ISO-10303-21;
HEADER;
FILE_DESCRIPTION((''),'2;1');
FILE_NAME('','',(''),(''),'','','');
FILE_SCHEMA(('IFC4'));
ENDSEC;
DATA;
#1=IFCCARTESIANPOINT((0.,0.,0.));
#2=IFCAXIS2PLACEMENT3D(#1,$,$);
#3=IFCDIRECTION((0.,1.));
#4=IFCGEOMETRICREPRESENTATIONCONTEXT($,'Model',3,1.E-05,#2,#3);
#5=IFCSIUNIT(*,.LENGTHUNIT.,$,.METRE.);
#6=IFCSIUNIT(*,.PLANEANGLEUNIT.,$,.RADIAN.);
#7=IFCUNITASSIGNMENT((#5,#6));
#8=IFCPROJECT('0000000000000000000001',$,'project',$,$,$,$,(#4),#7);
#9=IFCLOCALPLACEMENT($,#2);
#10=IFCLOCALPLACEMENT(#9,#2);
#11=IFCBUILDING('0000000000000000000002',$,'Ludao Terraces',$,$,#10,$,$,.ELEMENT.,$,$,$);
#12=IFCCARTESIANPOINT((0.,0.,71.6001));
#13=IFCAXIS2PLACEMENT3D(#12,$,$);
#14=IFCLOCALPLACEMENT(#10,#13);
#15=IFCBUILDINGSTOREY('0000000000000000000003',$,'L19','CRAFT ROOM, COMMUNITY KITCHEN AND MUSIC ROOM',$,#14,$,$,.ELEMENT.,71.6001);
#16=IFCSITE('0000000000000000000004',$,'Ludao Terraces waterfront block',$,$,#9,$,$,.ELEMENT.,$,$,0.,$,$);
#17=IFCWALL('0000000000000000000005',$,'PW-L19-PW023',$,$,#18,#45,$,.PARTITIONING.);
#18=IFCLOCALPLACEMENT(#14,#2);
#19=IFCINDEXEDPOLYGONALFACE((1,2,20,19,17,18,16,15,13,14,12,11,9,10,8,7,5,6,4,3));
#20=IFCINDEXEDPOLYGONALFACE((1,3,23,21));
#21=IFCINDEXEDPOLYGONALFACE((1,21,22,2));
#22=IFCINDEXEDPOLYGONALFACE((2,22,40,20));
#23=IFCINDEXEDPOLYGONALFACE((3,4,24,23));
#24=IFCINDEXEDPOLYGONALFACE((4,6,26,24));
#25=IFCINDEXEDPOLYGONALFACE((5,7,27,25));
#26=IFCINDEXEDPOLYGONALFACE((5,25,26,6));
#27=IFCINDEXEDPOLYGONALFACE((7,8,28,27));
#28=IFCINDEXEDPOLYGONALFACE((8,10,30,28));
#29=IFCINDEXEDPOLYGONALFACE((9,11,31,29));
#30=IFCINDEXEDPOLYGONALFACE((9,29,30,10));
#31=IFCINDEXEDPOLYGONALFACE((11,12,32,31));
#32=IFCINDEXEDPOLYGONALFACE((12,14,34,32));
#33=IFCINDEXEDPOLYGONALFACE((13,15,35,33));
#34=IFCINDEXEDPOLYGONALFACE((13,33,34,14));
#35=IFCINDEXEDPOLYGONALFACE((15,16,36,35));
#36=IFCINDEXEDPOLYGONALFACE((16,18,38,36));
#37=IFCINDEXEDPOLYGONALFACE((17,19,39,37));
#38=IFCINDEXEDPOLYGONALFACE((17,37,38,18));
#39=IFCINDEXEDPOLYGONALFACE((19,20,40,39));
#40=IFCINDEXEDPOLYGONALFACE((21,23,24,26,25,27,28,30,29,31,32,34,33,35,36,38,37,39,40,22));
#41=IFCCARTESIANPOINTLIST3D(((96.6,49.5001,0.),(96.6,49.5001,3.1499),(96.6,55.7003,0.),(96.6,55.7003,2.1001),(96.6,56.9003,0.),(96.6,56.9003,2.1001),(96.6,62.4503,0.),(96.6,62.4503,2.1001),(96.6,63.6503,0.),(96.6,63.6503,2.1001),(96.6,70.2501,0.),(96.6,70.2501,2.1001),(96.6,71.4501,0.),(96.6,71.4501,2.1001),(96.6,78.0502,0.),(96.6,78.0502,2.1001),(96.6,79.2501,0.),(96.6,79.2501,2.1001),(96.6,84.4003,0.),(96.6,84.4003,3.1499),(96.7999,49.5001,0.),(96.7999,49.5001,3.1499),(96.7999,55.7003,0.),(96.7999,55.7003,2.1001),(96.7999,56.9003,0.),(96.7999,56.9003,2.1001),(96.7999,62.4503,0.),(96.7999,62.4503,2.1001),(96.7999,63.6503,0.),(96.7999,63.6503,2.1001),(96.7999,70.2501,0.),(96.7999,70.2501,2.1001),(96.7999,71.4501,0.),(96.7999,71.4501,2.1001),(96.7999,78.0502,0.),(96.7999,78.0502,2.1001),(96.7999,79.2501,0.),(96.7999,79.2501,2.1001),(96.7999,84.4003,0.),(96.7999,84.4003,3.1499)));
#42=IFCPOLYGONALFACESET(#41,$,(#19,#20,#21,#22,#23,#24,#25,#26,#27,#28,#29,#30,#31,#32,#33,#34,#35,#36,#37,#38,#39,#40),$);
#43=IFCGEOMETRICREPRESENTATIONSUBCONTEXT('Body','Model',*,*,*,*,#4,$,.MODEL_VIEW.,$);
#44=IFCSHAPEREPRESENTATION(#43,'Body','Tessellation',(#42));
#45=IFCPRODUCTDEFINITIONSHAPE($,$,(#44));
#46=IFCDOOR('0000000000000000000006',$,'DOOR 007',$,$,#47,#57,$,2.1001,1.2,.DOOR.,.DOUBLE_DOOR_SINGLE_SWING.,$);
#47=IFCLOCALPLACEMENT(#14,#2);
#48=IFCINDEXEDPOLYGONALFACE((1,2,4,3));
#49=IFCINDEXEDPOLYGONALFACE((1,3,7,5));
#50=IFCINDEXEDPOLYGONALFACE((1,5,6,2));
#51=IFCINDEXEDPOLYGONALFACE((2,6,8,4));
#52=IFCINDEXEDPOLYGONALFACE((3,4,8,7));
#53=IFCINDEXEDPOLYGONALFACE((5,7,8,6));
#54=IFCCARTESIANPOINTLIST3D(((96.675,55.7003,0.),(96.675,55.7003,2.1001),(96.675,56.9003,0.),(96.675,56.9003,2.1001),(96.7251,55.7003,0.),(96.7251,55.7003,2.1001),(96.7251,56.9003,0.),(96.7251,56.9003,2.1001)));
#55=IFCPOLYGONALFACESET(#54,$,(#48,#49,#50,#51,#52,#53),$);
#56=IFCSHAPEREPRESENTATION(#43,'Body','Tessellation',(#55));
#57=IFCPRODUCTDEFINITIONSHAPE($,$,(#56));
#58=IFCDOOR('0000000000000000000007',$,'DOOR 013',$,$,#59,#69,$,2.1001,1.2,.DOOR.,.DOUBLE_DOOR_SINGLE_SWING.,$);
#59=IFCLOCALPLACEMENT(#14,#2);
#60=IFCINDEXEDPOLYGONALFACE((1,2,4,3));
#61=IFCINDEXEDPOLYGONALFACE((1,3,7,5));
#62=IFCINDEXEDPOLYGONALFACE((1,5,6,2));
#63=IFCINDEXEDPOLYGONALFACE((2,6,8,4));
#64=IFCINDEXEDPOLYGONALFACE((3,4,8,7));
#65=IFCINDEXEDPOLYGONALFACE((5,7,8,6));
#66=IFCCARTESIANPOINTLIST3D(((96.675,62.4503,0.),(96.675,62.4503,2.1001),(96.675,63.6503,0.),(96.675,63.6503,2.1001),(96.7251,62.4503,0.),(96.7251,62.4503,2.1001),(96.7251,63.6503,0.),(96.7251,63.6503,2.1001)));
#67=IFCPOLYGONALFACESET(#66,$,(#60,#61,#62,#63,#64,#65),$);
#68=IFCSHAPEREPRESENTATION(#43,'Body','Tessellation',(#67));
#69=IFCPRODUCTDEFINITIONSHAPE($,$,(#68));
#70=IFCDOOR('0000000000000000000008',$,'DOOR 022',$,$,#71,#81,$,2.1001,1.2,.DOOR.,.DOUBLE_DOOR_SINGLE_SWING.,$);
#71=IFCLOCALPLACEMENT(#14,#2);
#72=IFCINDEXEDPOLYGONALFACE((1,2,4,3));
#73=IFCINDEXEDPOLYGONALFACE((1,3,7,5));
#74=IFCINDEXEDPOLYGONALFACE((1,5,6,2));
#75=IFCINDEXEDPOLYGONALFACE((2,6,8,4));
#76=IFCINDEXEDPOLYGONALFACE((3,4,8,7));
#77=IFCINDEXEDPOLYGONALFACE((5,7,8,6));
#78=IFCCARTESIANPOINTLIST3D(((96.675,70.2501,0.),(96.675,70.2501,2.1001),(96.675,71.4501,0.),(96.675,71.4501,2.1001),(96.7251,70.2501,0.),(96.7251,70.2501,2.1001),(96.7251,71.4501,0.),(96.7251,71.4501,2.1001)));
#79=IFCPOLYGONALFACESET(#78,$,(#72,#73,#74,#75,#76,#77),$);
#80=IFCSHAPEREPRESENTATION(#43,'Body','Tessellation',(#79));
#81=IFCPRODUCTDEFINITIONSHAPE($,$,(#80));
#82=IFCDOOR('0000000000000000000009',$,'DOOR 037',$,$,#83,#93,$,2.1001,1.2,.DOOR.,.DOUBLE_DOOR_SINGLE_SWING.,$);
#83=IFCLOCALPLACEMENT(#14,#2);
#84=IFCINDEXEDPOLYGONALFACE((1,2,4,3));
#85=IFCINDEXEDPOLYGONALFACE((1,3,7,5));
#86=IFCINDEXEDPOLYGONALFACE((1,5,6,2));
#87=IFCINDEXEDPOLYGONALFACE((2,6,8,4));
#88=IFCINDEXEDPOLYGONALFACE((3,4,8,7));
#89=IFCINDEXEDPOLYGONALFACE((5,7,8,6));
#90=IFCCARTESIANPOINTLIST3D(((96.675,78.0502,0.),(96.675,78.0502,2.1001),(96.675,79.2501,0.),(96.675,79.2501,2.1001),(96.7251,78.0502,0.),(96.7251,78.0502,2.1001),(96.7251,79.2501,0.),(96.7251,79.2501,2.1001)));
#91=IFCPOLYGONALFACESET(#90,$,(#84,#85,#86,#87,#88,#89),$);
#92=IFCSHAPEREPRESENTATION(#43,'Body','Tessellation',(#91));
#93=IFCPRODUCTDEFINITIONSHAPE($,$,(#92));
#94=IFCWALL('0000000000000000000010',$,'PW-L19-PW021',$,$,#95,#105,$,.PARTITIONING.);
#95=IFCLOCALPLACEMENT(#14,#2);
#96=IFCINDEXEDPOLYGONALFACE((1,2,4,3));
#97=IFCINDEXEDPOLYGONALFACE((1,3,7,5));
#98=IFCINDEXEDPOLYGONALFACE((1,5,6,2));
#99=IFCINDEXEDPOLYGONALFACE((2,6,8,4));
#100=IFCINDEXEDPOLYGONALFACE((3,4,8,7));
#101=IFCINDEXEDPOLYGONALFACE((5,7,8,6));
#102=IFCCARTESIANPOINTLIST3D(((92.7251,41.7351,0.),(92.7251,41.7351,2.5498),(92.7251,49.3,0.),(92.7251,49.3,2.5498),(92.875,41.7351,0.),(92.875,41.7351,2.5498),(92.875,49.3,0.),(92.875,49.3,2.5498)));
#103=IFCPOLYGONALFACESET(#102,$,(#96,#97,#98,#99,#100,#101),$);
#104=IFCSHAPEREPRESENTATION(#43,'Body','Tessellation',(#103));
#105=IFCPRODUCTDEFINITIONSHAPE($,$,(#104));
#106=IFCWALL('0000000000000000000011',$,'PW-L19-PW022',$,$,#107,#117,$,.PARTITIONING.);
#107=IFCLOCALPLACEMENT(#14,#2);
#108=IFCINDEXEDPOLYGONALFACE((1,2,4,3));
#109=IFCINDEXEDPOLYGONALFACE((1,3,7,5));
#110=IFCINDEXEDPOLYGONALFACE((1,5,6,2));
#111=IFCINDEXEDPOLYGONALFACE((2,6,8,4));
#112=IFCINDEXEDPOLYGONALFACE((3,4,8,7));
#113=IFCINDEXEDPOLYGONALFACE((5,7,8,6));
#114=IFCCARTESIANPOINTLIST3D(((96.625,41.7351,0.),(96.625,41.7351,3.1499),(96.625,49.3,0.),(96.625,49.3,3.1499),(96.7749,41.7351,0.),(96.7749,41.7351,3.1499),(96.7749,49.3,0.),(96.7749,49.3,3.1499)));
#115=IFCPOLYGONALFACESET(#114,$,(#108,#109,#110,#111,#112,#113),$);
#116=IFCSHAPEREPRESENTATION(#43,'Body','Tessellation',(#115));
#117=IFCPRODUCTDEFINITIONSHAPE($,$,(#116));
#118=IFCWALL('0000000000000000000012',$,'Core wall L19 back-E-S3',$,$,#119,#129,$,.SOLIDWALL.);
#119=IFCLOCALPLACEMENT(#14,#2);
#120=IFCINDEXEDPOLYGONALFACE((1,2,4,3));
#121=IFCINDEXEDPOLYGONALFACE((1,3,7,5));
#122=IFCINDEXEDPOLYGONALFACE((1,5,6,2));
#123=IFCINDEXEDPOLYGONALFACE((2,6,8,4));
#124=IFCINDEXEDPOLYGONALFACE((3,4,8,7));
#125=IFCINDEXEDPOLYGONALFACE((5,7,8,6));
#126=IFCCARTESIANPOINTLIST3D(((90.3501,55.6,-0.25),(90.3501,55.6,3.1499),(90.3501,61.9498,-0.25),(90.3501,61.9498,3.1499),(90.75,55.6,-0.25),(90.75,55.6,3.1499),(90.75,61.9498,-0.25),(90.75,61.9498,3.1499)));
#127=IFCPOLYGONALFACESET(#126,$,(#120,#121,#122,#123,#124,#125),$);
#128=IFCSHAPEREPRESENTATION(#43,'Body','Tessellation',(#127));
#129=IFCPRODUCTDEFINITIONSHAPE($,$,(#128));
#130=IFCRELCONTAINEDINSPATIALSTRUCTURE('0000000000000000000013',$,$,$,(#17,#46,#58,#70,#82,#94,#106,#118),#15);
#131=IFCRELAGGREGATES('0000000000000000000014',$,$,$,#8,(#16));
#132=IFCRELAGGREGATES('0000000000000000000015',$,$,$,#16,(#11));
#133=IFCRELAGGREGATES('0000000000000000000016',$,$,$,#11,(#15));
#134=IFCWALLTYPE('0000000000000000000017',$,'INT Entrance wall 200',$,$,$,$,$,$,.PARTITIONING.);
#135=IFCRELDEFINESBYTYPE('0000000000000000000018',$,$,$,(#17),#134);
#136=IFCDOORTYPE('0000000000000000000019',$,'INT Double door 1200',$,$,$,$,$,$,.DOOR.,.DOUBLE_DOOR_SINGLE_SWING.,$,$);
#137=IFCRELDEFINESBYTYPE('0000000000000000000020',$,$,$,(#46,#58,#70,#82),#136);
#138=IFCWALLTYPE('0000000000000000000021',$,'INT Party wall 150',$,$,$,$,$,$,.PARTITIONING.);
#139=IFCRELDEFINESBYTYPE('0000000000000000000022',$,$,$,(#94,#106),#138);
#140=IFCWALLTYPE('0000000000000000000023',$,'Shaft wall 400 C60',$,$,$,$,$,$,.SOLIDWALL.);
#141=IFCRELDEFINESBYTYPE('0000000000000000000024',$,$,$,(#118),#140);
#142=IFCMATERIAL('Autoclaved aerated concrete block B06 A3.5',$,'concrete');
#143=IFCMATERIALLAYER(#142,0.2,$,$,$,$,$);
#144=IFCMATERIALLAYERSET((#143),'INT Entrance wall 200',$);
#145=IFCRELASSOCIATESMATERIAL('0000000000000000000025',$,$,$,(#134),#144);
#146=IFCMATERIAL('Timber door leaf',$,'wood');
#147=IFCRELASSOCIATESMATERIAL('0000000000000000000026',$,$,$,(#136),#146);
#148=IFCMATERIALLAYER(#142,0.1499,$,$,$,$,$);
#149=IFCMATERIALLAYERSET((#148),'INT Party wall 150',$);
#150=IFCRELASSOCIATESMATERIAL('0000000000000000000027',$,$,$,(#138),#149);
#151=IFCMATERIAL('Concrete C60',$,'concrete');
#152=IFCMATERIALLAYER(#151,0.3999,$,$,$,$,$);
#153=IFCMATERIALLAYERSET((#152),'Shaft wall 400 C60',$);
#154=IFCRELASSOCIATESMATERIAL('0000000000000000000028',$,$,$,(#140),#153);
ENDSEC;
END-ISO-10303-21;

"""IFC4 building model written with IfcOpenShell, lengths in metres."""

from ifc_helpers import new_model, si_unit, direction, frame, frame_2d, origin, place, context, subcontext, project, spatial, rectangle, extrude, material, layer, layer_set, type_object, element, fill, save


model = new_model("IFC4")

# Units and contexts
model_context = context("Model", 3, precision=1e-05, world=origin(), true_north=direction((0.0, 1.0)))
body_context = subcontext(model_context, "Body", "Model", "MODEL_VIEW")
ifc_project = project(units=[si_unit("LENGTHUNIT", "METRE"), si_unit("PLANEANGLEUNIT", "RADIAN")], contexts=[model_context])

# Site, building, storey
site_placement = place(None, origin())
site = spatial("IfcSite", under=ifc_project, at=site_placement, Name="Ludao Terraces waterfront block", CompositionType="ELEMENT", RefElevation=0.0)
building_placement = place(site_placement, origin())
building = spatial("IfcBuilding", under=site, at=building_placement, Name="Ludao Terraces", CompositionType="ELEMENT")
storey_placement = place(building_placement, frame((0.0, 0.0, 71.6001)))
storey = spatial("IfcBuildingStorey", under=building, at=storey_placement, Name="L19", Description="CRAFT ROOM, COMMUNITY KITCHEN AND MUSIC ROOM", CompositionType="ELEMENT", Elevation=71.6001)

# Shared definitions
ifc_material_1 = material(Name="Timber door leaf", Category="wood")

# Wall, openings, doors
ifc_material_2 = material(Name="Autoclaved aerated concrete block B06 A3.5", Category="concrete")
ifc_layer_1 = layer(ifc_material_2, 0.2)
ifc_layer_set_1 = layer_set([ifc_layer_1], Name="INT Entrance wall 200")
wall_type_1 = type_object("IfcWallType", Name="INT Entrance wall 200", PredefinedType="PARTITIONING", material=ifc_layer_set_1)
wall_1_placement = place(storey_placement, frame((96.7, 49.5, 0.0), z_axis=(0.0, 0.0, 1.0), x_axis=(0.0, 1.0, 0.0)))
wall_1 = element("IfcWall", 1, at=wall_1_placement, inside=storey, type_object=wall_type_1, Name="PW-L19-PW023", PredefinedType="PARTITIONING", context=body_context, shape_type="SweptSolid", body=[
    extrude(rectangle(XDim=34.9001, YDim=0.2, at=frame_2d((17.4502, 0.0))), origin(), (0.0, 0.0, 1.0), 3.1499),
])
opening_1_placement = place(wall_1_placement, frame((6.2002, 0.0, 0.0)))
opening_1 = element("IfcOpeningElement", 2, at=opening_1_placement, cuts=wall_1, PredefinedType="OPENING", context=body_context, shape_type="SweptSolid", body=[
    extrude(rectangle(XDim=1.2, YDim=2.1001, at=frame_2d((0.6001, 1.05))), frame((0.0, 0.1099, 0.0), z_axis=(0.0, -1.0, 0.0), x_axis=(1.0, 0.0, 0.0)), (0.0, 0.0, 1.0), 0.22),
])
opening_2_placement = place(wall_1_placement, frame((12.9502, 0.0, 0.0)))
opening_2 = element("IfcOpeningElement", 3, at=opening_2_placement, cuts=wall_1, PredefinedType="OPENING", context=body_context, shape_type="SweptSolid", body=[
    extrude(rectangle(XDim=1.2, YDim=2.1001, at=frame_2d((0.6001, 1.05))), frame((0.0, 0.1099, 0.0), z_axis=(0.0, -1.0, 0.0), x_axis=(1.0, 0.0, 0.0)), (0.0, 0.0, 1.0), 0.22),
])
opening_3_placement = place(wall_1_placement, frame((20.75, 0.0, 0.0)))
opening_3 = element("IfcOpeningElement", 4, at=opening_3_placement, cuts=wall_1, PredefinedType="OPENING", context=body_context, shape_type="SweptSolid", body=[
    extrude(rectangle(XDim=1.2, YDim=2.1001, at=frame_2d((0.6001, 1.05))), frame((0.0, 0.1099, 0.0), z_axis=(0.0, -1.0, 0.0), x_axis=(1.0, 0.0, 0.0)), (0.0, 0.0, 1.0), 0.22),
])
opening_4_placement = place(wall_1_placement, frame((28.55, 0.0, 0.0)))
opening_4 = element("IfcOpeningElement", 5, at=opening_4_placement, cuts=wall_1, PredefinedType="OPENING", context=body_context, shape_type="SweptSolid", body=[
    extrude(rectangle(XDim=1.2, YDim=2.1001, at=frame_2d((0.6001, 1.05))), frame((0.0, 0.1099, 0.0), z_axis=(0.0, -1.0, 0.0), x_axis=(1.0, 0.0, 0.0)), (0.0, 0.0, 1.0), 0.22),
])
door_type_1 = type_object("IfcDoorType", Name="INT Double door 1200", OperationType="DOUBLE_DOOR_SINGLE_SWING", PredefinedType="DOOR", material=ifc_material_1)
door_1_placement = place(opening_1_placement, origin())
door_1 = element("IfcDoor", 6, at=door_1_placement, inside=storey, type_object=door_type_1, Name="DOOR 007", OperationType="DOUBLE_DOOR_SINGLE_SWING", OverallHeight=2.1001, OverallWidth=1.2, PredefinedType="DOOR", context=body_context, shape_type="SweptSolid", body=[
    extrude(rectangle(XDim=1.2, YDim=2.1001, at=frame_2d((0.6001, 1.05))), frame((0.0, 0.0249, 0.0), z_axis=(0.0, -1.0, 0.0), x_axis=(1.0, 0.0, 0.0)), (0.0, 0.0, 1.0), 0.05),
])
fill(opening_1, door_1)
door_2_placement = place(opening_2_placement, origin())
door_2 = element("IfcDoor", 7, at=door_2_placement, inside=storey, type_object=door_type_1, Name="DOOR 013", OperationType="DOUBLE_DOOR_SINGLE_SWING", OverallHeight=2.1001, OverallWidth=1.2, PredefinedType="DOOR", context=body_context, shape_type="SweptSolid", body=[
    extrude(rectangle(XDim=1.2, YDim=2.1001, at=frame_2d((0.6001, 1.05))), frame((0.0, 0.0249, 0.0), z_axis=(0.0, -1.0, 0.0), x_axis=(1.0, 0.0, 0.0)), (0.0, 0.0, 1.0), 0.05),
])
fill(opening_2, door_2)
door_3_placement = place(opening_3_placement, origin())
door_3 = element("IfcDoor", 8, at=door_3_placement, inside=storey, type_object=door_type_1, Name="DOOR 022", OperationType="DOUBLE_DOOR_SINGLE_SWING", OverallHeight=2.1001, OverallWidth=1.2, PredefinedType="DOOR", context=body_context, shape_type="SweptSolid", body=[
    extrude(rectangle(XDim=1.2, YDim=2.1001, at=frame_2d((0.6001, 1.05))), frame((0.0, 0.0249, 0.0), z_axis=(0.0, -1.0, 0.0), x_axis=(1.0, 0.0, 0.0)), (0.0, 0.0, 1.0), 0.05),
])
fill(opening_3, door_3)
door_4_placement = place(opening_4_placement, origin())
door_4 = element("IfcDoor", 9, at=door_4_placement, inside=storey, type_object=door_type_1, Name="DOOR 037", OperationType="DOUBLE_DOOR_SINGLE_SWING", OverallHeight=2.1001, OverallWidth=1.2, PredefinedType="DOOR", context=body_context, shape_type="SweptSolid", body=[
    extrude(rectangle(XDim=1.2, YDim=2.1001, at=frame_2d((0.6001, 1.05))), frame((0.0, 0.0249, 0.0), z_axis=(0.0, -1.0, 0.0), x_axis=(1.0, 0.0, 0.0)), (0.0, 0.0, 1.0), 0.05),
])
fill(opening_4, door_4)

# Walls
ifc_layer_2 = layer(ifc_material_2, 0.1499)
ifc_layer_set_2 = layer_set([ifc_layer_2], Name="INT Party wall 150")
wall_type_2 = type_object("IfcWallType", Name="INT Party wall 150", PredefinedType="PARTITIONING", material=ifc_layer_set_2)
wall_2_placement = place(storey_placement, frame((92.8, 41.7351, 0.0), z_axis=(0.0, 0.0, 1.0), x_axis=(0.0, 1.0, 0.0)))
element("IfcWall", 10, at=wall_2_placement, inside=storey, type_object=wall_type_2, Name="PW-L19-PW021", PredefinedType="PARTITIONING", context=body_context, shape_type="SweptSolid", body=[
    extrude(rectangle(XDim=7.5649, YDim=0.1499, at=frame_2d((3.7825, 0.0))), origin(), (0.0, 0.0, 1.0), 2.5498),
])
wall_3_placement = place(storey_placement, frame((96.7, 41.7351, 0.0), z_axis=(0.0, 0.0, 1.0), x_axis=(0.0, 1.0, 0.0)))
element("IfcWall", 11, at=wall_3_placement, inside=storey, type_object=wall_type_2, Name="PW-L19-PW022", PredefinedType="PARTITIONING", context=body_context, shape_type="SweptSolid", body=[
    extrude(rectangle(XDim=7.5649, YDim=0.1499, at=frame_2d((3.7825, 0.0))), origin(), (0.0, 0.0, 1.0), 3.1499),
])
ifc_material_3 = material(Name="Concrete C60", Category="concrete")
ifc_layer_3 = layer(ifc_material_3, 0.3999)
ifc_layer_set_3 = layer_set([ifc_layer_3], Name="Shaft wall 400 C60")
wall_type_3 = type_object("IfcWallType", Name="Shaft wall 400 C60", PredefinedType="SOLIDWALL", material=ifc_layer_set_3)
wall_4_placement = place(storey_placement, frame((90.55, 55.6001, -0.25), z_axis=(0.0, 0.0, 1.0), x_axis=(0.0, 1.0, 0.0)))
element("IfcWall", 12, at=wall_4_placement, inside=storey, type_object=wall_type_3, Name="Core wall L19 back-E-S3", PredefinedType="SOLIDWALL", context=body_context, shape_type="SweptSolid", body=[
    extrude(rectangle(XDim=6.3499, YDim=0.3999, at=frame_2d((3.1748, 0.0))), origin(), (0.0, 0.0, 1.0), 3.3999),
])

save(model, "model.ifc")
